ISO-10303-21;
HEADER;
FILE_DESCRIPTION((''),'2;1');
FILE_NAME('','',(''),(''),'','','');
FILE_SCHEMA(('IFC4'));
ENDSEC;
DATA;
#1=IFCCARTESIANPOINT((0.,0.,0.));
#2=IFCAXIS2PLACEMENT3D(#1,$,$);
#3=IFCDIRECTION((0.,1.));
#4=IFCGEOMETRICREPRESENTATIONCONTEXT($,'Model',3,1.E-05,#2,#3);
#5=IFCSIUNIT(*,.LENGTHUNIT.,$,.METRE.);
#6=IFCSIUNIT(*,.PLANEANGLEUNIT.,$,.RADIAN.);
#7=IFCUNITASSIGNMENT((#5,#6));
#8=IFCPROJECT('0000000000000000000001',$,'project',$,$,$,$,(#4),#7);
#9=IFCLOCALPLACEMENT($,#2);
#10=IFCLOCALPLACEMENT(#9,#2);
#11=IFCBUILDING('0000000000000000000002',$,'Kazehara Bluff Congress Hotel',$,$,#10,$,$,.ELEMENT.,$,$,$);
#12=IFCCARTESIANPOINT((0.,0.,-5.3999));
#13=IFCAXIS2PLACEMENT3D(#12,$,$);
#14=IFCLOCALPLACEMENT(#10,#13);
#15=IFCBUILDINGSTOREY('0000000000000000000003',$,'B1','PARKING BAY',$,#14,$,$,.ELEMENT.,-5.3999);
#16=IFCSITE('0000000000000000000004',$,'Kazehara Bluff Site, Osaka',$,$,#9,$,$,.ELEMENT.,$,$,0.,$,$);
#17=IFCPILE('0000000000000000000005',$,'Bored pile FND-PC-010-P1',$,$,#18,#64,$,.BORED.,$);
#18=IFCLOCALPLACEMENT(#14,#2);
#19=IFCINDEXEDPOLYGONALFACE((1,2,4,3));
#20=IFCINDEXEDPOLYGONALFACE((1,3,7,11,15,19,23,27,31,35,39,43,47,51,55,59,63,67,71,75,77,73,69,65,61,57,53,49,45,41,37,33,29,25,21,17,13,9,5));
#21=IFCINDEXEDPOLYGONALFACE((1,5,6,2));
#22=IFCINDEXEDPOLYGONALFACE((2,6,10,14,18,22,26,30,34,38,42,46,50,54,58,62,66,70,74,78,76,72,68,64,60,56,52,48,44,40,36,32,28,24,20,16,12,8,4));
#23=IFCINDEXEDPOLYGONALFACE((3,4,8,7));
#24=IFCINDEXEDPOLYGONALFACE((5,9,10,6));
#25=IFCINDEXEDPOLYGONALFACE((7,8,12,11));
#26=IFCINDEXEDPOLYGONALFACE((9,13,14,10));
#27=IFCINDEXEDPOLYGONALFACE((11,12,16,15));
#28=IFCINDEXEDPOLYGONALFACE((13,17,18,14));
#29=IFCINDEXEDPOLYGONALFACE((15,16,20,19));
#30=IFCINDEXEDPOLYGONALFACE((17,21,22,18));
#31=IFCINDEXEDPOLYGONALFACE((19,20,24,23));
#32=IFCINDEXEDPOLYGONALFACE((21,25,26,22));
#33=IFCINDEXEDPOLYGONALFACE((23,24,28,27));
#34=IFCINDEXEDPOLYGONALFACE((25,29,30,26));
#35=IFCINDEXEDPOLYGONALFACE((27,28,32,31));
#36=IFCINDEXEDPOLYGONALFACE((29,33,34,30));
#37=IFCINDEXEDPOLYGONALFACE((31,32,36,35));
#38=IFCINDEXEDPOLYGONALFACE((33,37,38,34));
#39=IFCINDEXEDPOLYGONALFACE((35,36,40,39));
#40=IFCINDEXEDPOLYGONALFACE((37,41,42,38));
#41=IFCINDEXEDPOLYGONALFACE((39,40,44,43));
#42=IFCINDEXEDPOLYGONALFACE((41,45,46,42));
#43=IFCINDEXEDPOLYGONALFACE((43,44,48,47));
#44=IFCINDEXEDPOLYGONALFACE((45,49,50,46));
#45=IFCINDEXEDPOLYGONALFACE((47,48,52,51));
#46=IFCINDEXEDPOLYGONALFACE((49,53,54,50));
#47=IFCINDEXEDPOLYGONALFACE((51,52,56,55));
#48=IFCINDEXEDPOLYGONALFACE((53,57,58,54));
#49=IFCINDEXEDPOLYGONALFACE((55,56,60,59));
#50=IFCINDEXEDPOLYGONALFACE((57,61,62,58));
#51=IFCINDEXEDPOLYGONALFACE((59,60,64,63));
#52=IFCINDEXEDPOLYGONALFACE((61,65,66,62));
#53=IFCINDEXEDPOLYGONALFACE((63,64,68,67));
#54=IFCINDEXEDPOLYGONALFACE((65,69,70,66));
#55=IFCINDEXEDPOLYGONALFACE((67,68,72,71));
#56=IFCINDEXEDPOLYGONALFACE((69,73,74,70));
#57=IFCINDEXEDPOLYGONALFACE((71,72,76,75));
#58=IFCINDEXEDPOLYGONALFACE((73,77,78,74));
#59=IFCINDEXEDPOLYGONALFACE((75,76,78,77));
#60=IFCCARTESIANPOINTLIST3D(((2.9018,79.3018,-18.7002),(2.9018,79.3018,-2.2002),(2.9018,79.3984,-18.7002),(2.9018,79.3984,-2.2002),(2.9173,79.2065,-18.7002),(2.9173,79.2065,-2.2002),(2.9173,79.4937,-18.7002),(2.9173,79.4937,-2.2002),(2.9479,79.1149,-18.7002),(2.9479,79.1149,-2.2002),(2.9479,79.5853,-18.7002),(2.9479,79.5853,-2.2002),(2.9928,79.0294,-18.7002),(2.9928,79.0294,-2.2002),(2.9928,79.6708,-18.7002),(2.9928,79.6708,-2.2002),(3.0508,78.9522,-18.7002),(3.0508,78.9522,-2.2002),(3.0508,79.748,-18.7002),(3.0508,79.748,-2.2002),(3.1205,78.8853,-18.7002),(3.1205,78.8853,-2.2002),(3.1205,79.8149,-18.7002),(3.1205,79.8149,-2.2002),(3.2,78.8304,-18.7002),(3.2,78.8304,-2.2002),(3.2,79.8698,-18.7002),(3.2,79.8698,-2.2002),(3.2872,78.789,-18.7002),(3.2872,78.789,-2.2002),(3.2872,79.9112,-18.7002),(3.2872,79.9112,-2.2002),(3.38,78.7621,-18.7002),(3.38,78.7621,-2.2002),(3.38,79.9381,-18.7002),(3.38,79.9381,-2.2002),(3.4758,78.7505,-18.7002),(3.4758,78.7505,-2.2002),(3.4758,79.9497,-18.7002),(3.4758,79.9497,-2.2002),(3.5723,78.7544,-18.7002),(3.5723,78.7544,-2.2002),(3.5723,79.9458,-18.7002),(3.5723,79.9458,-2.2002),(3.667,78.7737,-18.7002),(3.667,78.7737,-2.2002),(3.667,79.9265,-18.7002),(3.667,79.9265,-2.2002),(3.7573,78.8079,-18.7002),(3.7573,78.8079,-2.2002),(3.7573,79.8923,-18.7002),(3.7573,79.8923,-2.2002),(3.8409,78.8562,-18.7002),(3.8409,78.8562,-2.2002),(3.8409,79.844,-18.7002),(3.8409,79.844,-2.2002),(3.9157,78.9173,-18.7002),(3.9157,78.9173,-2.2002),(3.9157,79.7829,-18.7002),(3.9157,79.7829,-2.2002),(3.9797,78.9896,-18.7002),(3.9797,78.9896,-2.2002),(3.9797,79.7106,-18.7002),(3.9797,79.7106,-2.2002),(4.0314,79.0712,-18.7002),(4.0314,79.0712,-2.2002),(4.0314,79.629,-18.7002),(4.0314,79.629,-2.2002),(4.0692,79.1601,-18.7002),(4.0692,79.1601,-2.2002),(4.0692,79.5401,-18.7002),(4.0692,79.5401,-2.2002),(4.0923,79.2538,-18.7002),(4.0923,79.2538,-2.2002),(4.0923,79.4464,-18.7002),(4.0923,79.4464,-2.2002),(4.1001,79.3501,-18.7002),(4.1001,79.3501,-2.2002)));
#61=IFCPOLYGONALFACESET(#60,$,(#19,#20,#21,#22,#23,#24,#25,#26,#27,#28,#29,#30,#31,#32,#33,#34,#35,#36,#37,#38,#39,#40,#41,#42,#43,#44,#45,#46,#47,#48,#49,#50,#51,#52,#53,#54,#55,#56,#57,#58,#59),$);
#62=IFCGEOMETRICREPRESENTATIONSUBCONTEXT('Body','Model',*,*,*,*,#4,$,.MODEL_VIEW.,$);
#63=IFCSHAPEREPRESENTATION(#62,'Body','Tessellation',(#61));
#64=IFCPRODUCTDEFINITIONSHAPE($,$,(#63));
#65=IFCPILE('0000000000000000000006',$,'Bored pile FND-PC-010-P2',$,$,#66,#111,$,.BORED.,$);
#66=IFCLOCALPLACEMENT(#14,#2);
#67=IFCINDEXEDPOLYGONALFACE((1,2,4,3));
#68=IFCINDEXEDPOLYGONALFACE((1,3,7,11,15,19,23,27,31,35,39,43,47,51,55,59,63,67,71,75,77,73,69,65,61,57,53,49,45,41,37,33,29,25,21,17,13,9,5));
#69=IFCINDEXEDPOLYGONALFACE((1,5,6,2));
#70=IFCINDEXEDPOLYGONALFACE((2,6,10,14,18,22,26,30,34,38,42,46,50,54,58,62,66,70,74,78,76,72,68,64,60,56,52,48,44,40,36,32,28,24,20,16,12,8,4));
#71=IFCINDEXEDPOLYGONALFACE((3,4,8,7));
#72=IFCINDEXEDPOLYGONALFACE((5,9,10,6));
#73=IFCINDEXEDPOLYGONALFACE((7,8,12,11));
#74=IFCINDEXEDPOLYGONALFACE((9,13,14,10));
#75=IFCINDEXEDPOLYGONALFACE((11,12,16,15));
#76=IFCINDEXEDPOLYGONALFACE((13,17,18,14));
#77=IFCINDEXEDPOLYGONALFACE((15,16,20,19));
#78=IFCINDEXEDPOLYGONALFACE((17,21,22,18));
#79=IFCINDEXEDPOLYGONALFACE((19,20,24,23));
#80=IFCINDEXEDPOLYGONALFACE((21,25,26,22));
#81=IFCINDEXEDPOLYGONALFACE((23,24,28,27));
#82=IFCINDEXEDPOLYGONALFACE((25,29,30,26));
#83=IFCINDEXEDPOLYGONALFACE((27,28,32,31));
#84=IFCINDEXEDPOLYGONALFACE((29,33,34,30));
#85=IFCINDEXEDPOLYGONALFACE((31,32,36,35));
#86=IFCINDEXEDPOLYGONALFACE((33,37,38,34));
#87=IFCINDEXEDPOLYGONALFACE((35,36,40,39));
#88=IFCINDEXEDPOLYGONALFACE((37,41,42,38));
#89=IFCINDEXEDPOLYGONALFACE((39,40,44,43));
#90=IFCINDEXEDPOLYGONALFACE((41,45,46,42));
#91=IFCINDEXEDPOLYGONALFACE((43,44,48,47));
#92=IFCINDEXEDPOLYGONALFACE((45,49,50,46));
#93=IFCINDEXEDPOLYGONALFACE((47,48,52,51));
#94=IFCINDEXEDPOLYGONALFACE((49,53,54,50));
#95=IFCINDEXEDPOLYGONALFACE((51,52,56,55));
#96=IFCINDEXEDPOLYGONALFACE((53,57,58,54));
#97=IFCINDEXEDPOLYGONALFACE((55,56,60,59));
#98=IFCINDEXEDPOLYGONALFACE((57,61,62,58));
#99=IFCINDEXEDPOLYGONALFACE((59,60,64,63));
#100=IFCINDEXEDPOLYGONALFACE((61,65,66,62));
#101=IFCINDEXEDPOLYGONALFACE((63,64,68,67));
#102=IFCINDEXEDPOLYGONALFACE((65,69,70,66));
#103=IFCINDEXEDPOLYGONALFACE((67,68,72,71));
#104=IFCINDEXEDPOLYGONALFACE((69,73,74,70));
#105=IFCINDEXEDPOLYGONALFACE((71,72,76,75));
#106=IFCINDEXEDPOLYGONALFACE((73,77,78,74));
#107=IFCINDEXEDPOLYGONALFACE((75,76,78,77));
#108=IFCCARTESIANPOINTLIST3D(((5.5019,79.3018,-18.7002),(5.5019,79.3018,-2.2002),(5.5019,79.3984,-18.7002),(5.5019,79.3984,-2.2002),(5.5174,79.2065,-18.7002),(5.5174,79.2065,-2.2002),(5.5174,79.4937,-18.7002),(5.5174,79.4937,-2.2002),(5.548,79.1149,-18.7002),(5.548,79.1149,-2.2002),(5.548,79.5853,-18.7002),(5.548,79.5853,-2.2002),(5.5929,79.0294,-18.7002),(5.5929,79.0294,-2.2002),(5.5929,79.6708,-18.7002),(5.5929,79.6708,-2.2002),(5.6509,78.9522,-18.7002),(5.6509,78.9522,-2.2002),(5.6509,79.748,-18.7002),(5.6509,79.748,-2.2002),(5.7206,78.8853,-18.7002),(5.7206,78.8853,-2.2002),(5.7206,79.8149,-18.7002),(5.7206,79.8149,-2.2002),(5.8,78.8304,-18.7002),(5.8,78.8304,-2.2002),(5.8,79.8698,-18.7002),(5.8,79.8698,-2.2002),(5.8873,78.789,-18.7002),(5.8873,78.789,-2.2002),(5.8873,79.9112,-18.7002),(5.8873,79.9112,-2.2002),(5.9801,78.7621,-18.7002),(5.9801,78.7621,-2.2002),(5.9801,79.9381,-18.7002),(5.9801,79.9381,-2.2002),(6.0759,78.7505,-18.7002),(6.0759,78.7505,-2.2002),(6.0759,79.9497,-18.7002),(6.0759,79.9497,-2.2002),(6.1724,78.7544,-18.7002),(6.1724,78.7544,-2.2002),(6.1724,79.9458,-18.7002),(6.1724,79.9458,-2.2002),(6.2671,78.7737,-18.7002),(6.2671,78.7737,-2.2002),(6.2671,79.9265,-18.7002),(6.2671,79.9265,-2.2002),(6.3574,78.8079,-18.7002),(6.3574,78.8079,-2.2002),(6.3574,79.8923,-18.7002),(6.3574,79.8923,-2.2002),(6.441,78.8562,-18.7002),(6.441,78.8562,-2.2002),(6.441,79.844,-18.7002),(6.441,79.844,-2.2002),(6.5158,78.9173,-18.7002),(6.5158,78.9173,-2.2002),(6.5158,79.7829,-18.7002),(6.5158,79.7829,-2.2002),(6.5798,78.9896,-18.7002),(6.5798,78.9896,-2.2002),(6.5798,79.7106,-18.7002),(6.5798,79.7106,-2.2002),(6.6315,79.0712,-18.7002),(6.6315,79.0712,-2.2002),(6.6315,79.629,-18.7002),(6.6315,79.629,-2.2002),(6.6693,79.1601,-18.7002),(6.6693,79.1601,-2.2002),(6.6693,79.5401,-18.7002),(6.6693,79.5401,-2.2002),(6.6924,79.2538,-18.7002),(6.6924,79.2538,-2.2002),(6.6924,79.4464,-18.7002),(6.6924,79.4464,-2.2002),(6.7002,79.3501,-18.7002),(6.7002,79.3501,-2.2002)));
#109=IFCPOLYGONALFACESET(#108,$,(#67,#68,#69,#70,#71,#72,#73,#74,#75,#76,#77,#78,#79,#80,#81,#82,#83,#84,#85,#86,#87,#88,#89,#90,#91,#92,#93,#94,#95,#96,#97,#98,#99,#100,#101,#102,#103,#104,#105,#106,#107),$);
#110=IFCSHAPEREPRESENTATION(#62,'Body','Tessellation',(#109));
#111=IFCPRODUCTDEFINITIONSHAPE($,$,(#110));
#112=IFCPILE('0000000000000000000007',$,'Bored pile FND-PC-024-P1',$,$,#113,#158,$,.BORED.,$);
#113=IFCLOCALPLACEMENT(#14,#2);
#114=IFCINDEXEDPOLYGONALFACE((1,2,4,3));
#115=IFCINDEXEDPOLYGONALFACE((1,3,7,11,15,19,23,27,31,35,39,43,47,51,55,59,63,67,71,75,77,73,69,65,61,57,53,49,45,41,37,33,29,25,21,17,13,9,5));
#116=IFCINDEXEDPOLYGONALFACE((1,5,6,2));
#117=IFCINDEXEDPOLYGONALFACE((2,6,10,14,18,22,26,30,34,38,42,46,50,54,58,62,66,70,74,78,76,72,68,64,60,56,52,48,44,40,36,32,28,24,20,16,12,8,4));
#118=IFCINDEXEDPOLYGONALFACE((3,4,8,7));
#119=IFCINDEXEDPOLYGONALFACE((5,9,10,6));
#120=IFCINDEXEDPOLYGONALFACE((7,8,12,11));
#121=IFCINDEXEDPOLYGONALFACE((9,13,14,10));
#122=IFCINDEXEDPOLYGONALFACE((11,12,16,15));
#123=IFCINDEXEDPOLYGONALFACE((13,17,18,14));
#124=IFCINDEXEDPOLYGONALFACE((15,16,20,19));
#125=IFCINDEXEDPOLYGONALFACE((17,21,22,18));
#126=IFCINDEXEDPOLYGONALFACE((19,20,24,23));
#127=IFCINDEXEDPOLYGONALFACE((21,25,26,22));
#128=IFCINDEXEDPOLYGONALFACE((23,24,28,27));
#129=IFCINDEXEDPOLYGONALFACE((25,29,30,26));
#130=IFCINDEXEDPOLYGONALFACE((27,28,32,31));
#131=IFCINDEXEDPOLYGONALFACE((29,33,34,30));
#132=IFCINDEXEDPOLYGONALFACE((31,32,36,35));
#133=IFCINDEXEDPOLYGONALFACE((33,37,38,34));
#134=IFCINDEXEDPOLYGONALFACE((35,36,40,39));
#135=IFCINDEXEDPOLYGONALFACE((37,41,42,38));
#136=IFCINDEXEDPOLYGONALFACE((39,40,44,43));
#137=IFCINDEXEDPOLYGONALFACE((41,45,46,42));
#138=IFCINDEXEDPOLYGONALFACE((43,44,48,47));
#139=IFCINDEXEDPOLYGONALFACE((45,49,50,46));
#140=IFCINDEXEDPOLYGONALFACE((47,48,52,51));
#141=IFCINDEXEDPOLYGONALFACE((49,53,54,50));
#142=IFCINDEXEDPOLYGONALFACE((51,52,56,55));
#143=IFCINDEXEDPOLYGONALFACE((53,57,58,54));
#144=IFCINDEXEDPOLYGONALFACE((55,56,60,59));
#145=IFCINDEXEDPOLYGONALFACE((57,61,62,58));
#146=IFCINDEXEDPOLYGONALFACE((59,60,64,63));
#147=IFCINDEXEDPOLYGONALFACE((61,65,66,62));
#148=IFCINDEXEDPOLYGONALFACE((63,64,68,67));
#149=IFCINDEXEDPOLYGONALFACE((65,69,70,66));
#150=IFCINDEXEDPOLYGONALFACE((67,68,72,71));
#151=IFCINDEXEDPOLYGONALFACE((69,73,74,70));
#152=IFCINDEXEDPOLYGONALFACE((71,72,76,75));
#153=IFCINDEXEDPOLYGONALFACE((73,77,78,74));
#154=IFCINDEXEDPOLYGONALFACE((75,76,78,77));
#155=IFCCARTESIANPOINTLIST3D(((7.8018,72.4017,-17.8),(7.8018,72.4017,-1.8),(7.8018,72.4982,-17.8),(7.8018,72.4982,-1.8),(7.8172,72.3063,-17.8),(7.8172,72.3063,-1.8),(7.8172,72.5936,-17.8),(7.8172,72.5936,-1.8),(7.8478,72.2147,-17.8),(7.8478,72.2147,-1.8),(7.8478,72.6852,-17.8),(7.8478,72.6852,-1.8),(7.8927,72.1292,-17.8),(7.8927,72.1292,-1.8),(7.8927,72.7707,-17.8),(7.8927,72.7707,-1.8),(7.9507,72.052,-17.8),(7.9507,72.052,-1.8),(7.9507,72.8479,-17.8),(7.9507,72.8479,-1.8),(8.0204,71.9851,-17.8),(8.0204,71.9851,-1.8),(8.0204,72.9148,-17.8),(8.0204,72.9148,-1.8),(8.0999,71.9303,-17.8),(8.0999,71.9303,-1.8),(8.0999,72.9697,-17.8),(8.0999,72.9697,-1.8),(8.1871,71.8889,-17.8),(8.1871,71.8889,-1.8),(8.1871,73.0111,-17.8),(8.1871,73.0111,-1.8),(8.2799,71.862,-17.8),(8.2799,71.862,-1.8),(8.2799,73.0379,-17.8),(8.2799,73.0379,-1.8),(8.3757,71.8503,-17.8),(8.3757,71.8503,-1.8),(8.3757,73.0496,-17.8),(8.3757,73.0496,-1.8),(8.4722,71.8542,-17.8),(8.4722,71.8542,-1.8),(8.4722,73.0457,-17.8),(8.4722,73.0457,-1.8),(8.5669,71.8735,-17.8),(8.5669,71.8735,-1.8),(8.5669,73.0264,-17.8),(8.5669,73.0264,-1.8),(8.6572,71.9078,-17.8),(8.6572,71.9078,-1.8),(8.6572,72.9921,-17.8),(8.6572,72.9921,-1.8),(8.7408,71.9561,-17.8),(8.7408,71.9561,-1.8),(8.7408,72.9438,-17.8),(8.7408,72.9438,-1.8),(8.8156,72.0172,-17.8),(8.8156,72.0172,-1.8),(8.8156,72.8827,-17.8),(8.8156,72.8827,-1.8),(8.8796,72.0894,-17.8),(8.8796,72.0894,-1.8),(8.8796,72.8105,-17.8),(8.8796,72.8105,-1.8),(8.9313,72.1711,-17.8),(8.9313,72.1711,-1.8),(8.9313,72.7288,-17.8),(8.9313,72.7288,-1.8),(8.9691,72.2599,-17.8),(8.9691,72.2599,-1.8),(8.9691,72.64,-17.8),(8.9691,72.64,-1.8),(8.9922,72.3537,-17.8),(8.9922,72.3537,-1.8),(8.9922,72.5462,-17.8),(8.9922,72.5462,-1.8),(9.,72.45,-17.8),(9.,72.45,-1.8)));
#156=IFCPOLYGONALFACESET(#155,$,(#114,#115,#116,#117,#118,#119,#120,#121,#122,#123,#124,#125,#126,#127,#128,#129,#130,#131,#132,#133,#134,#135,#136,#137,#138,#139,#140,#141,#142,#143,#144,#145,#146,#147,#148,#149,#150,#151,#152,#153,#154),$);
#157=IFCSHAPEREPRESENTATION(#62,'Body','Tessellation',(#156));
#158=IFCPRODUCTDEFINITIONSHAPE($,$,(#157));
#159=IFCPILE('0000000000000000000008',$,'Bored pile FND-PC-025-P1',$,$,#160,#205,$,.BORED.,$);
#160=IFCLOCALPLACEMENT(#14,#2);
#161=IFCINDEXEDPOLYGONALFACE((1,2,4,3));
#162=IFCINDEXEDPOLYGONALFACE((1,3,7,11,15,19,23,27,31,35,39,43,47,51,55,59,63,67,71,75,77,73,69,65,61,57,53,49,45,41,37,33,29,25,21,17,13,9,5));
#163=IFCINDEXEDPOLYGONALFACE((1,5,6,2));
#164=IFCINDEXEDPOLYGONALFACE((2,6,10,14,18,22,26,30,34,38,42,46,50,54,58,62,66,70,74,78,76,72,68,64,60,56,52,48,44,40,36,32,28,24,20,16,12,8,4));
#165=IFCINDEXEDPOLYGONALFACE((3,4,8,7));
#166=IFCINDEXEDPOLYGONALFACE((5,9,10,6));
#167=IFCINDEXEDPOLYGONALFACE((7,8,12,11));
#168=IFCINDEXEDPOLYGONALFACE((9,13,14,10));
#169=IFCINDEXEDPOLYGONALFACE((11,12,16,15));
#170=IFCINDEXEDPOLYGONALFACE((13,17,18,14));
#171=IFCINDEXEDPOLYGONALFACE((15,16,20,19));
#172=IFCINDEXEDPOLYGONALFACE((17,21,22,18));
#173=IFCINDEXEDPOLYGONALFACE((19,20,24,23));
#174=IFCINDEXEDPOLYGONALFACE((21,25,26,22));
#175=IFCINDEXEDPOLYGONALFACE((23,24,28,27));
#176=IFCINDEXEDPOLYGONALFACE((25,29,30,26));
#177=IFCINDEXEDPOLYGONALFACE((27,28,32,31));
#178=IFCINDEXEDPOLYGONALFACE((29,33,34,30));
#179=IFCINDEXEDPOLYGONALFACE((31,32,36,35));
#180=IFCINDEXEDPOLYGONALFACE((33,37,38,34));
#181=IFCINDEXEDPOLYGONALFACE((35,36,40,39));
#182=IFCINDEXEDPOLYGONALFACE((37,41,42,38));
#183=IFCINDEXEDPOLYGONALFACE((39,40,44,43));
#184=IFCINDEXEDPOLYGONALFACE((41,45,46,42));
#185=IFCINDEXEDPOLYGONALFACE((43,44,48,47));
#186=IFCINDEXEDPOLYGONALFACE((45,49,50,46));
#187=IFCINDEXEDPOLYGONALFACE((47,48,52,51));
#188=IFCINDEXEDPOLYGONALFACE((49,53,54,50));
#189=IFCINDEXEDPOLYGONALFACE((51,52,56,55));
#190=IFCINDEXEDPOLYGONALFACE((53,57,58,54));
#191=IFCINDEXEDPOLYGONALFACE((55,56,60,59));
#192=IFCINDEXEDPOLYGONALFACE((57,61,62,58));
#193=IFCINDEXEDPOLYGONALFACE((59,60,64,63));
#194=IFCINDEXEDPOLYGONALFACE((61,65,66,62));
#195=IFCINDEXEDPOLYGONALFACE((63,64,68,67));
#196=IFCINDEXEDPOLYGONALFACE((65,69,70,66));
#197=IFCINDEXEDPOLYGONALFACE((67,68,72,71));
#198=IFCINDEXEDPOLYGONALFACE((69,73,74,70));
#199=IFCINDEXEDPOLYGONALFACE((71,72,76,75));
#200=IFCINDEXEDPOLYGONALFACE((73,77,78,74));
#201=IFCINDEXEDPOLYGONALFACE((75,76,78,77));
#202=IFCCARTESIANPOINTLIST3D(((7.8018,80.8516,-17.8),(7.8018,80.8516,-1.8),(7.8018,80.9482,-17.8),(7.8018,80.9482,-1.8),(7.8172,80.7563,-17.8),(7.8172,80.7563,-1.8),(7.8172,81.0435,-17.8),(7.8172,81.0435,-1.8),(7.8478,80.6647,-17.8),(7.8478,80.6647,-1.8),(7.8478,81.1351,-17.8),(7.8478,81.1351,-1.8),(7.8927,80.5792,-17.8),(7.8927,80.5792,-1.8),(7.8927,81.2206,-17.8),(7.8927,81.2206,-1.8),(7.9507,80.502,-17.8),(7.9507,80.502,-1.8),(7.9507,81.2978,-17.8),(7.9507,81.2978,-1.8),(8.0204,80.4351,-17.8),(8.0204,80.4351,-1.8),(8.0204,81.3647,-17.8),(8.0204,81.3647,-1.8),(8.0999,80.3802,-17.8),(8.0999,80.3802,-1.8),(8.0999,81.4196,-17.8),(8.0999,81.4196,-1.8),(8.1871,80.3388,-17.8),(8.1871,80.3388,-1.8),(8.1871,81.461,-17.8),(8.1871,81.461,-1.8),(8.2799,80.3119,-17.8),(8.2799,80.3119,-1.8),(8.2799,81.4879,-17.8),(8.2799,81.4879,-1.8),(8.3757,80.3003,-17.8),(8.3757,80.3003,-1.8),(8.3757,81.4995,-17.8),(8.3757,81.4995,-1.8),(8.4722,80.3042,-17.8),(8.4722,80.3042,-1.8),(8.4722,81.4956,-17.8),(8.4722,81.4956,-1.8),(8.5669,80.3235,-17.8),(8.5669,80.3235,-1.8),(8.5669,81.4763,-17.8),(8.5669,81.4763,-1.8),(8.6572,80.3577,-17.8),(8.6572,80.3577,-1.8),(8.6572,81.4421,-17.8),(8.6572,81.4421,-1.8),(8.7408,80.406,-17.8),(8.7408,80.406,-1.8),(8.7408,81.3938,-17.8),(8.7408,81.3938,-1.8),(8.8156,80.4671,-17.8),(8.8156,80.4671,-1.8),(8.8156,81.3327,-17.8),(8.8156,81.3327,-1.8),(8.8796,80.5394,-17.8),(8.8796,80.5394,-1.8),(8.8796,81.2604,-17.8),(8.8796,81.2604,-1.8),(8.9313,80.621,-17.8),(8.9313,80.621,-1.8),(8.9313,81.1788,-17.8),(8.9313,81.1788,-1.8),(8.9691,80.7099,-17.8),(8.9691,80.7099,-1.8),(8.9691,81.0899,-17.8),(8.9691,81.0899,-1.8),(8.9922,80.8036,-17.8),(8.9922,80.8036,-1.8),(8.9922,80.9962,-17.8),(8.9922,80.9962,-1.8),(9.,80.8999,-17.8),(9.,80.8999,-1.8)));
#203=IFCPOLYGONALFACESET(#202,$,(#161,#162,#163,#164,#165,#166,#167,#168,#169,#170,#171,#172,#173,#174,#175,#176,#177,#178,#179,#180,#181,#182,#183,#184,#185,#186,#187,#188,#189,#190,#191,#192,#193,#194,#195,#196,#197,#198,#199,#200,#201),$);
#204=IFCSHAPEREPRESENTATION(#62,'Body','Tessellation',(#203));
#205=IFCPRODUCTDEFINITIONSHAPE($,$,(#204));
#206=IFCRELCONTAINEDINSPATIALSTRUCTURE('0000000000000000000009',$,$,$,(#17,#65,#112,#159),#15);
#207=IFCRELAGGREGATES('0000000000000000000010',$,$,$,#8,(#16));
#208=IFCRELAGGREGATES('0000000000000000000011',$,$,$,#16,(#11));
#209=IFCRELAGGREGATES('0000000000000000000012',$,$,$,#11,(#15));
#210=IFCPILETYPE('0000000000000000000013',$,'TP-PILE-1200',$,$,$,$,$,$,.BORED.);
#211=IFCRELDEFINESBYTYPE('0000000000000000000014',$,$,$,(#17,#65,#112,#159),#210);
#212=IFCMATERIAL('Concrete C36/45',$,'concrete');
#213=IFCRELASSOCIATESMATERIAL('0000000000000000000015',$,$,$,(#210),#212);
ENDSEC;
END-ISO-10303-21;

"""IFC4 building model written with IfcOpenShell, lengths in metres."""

from ifc_helpers import new_model, si_unit, direction, frame, origin, origin_2d, place, context, subcontext, project, spatial, circle, extrude, material, material_profile, profile_set, type_object, element, save


model = new_model("IFC4")

# Units and contexts
model_context = context("Model", 3, precision=1e-05, world=origin(), true_north=direction((0.0, 1.0)))
body_context = subcontext(model_context, "Body", "Model", "MODEL_VIEW")
ifc_project = project(units=[si_unit("LENGTHUNIT", "METRE"), si_unit("PLANEANGLEUNIT", "RADIAN")], contexts=[model_context])

# Site, building, storey
site_placement = place(None, origin())
site = spatial("IfcSite", under=ifc_project, at=site_placement, Name="Kazehara Bluff Site, Osaka", CompositionType="ELEMENT", RefElevation=0.0)
building_placement = place(site_placement, origin())
building = spatial("IfcBuilding", under=site, at=building_placement, Name="Kazehara Bluff Congress Hotel", CompositionType="ELEMENT")
storey_placement = place(building_placement, frame((0.0, 0.0, -5.3999)))
storey = spatial("IfcBuildingStorey", under=building, at=storey_placement, Name="B1", Description="PARKING BAY", CompositionType="ELEMENT", Elevation=-5.3999)

# Piles
ifc_material_1 = material(Name="Concrete C36/45", Category="concrete")
ifc_material_profile_1 = material_profile(ifc_material_1, circle(Radius=0.6001, at=origin_2d()))
ifc_profile_set_1 = profile_set([ifc_material_profile_1], Name="Concrete C36/45")
pile_type = type_object("IfcPileType", Name="TP-PILE-1200", PredefinedType="BORED", material=ifc_profile_set_1)
for number, where, z_axis, x_axis, name in (
    (1, (3.5, 79.3501, -2.2002), (0.0, 0.0, -1.0), (1.0, 0.0, 0.0), "Bored pile FND-PC-010-P1"),
    (2, (6.1001, 79.3501, -2.2002), (0.0, 0.0, -1.0), (1.0, 0.0, 0.0), "Bored pile FND-PC-010-P2"),
):
    element("IfcPile", number, at=place(storey_placement, frame(where, z_axis=z_axis, x_axis=x_axis)), inside=storey, type_object=pile_type, Name=name, PredefinedType="BORED", context=body_context, shape_type="SweptSolid", body=[
        extrude(circle(Radius=0.6001, at=origin_2d()), origin(), (0.0, 0.0, 1.0), 16.5),
    ])
for number, where, z_axis, x_axis, name in (
    (3, (8.3999, 72.45, -1.8), (0.0, 0.0, -1.0), (1.0, 0.0, 0.0), "Bored pile FND-PC-024-P1"),
    (4, (8.3999, 80.8999, -1.8), (0.0, 0.0, -1.0), (1.0, 0.0, 0.0), "Bored pile FND-PC-025-P1"),
):
    element("IfcPile", number, at=place(storey_placement, frame(where, z_axis=z_axis, x_axis=x_axis)), inside=storey, type_object=pile_type, Name=name, PredefinedType="BORED", context=body_context, shape_type="SweptSolid", body=[
        extrude(circle(Radius=0.6001, at=origin_2d()), origin(), (0.0, 0.0, 1.0), 16.0),
    ])

save(model, "model.ifc")
